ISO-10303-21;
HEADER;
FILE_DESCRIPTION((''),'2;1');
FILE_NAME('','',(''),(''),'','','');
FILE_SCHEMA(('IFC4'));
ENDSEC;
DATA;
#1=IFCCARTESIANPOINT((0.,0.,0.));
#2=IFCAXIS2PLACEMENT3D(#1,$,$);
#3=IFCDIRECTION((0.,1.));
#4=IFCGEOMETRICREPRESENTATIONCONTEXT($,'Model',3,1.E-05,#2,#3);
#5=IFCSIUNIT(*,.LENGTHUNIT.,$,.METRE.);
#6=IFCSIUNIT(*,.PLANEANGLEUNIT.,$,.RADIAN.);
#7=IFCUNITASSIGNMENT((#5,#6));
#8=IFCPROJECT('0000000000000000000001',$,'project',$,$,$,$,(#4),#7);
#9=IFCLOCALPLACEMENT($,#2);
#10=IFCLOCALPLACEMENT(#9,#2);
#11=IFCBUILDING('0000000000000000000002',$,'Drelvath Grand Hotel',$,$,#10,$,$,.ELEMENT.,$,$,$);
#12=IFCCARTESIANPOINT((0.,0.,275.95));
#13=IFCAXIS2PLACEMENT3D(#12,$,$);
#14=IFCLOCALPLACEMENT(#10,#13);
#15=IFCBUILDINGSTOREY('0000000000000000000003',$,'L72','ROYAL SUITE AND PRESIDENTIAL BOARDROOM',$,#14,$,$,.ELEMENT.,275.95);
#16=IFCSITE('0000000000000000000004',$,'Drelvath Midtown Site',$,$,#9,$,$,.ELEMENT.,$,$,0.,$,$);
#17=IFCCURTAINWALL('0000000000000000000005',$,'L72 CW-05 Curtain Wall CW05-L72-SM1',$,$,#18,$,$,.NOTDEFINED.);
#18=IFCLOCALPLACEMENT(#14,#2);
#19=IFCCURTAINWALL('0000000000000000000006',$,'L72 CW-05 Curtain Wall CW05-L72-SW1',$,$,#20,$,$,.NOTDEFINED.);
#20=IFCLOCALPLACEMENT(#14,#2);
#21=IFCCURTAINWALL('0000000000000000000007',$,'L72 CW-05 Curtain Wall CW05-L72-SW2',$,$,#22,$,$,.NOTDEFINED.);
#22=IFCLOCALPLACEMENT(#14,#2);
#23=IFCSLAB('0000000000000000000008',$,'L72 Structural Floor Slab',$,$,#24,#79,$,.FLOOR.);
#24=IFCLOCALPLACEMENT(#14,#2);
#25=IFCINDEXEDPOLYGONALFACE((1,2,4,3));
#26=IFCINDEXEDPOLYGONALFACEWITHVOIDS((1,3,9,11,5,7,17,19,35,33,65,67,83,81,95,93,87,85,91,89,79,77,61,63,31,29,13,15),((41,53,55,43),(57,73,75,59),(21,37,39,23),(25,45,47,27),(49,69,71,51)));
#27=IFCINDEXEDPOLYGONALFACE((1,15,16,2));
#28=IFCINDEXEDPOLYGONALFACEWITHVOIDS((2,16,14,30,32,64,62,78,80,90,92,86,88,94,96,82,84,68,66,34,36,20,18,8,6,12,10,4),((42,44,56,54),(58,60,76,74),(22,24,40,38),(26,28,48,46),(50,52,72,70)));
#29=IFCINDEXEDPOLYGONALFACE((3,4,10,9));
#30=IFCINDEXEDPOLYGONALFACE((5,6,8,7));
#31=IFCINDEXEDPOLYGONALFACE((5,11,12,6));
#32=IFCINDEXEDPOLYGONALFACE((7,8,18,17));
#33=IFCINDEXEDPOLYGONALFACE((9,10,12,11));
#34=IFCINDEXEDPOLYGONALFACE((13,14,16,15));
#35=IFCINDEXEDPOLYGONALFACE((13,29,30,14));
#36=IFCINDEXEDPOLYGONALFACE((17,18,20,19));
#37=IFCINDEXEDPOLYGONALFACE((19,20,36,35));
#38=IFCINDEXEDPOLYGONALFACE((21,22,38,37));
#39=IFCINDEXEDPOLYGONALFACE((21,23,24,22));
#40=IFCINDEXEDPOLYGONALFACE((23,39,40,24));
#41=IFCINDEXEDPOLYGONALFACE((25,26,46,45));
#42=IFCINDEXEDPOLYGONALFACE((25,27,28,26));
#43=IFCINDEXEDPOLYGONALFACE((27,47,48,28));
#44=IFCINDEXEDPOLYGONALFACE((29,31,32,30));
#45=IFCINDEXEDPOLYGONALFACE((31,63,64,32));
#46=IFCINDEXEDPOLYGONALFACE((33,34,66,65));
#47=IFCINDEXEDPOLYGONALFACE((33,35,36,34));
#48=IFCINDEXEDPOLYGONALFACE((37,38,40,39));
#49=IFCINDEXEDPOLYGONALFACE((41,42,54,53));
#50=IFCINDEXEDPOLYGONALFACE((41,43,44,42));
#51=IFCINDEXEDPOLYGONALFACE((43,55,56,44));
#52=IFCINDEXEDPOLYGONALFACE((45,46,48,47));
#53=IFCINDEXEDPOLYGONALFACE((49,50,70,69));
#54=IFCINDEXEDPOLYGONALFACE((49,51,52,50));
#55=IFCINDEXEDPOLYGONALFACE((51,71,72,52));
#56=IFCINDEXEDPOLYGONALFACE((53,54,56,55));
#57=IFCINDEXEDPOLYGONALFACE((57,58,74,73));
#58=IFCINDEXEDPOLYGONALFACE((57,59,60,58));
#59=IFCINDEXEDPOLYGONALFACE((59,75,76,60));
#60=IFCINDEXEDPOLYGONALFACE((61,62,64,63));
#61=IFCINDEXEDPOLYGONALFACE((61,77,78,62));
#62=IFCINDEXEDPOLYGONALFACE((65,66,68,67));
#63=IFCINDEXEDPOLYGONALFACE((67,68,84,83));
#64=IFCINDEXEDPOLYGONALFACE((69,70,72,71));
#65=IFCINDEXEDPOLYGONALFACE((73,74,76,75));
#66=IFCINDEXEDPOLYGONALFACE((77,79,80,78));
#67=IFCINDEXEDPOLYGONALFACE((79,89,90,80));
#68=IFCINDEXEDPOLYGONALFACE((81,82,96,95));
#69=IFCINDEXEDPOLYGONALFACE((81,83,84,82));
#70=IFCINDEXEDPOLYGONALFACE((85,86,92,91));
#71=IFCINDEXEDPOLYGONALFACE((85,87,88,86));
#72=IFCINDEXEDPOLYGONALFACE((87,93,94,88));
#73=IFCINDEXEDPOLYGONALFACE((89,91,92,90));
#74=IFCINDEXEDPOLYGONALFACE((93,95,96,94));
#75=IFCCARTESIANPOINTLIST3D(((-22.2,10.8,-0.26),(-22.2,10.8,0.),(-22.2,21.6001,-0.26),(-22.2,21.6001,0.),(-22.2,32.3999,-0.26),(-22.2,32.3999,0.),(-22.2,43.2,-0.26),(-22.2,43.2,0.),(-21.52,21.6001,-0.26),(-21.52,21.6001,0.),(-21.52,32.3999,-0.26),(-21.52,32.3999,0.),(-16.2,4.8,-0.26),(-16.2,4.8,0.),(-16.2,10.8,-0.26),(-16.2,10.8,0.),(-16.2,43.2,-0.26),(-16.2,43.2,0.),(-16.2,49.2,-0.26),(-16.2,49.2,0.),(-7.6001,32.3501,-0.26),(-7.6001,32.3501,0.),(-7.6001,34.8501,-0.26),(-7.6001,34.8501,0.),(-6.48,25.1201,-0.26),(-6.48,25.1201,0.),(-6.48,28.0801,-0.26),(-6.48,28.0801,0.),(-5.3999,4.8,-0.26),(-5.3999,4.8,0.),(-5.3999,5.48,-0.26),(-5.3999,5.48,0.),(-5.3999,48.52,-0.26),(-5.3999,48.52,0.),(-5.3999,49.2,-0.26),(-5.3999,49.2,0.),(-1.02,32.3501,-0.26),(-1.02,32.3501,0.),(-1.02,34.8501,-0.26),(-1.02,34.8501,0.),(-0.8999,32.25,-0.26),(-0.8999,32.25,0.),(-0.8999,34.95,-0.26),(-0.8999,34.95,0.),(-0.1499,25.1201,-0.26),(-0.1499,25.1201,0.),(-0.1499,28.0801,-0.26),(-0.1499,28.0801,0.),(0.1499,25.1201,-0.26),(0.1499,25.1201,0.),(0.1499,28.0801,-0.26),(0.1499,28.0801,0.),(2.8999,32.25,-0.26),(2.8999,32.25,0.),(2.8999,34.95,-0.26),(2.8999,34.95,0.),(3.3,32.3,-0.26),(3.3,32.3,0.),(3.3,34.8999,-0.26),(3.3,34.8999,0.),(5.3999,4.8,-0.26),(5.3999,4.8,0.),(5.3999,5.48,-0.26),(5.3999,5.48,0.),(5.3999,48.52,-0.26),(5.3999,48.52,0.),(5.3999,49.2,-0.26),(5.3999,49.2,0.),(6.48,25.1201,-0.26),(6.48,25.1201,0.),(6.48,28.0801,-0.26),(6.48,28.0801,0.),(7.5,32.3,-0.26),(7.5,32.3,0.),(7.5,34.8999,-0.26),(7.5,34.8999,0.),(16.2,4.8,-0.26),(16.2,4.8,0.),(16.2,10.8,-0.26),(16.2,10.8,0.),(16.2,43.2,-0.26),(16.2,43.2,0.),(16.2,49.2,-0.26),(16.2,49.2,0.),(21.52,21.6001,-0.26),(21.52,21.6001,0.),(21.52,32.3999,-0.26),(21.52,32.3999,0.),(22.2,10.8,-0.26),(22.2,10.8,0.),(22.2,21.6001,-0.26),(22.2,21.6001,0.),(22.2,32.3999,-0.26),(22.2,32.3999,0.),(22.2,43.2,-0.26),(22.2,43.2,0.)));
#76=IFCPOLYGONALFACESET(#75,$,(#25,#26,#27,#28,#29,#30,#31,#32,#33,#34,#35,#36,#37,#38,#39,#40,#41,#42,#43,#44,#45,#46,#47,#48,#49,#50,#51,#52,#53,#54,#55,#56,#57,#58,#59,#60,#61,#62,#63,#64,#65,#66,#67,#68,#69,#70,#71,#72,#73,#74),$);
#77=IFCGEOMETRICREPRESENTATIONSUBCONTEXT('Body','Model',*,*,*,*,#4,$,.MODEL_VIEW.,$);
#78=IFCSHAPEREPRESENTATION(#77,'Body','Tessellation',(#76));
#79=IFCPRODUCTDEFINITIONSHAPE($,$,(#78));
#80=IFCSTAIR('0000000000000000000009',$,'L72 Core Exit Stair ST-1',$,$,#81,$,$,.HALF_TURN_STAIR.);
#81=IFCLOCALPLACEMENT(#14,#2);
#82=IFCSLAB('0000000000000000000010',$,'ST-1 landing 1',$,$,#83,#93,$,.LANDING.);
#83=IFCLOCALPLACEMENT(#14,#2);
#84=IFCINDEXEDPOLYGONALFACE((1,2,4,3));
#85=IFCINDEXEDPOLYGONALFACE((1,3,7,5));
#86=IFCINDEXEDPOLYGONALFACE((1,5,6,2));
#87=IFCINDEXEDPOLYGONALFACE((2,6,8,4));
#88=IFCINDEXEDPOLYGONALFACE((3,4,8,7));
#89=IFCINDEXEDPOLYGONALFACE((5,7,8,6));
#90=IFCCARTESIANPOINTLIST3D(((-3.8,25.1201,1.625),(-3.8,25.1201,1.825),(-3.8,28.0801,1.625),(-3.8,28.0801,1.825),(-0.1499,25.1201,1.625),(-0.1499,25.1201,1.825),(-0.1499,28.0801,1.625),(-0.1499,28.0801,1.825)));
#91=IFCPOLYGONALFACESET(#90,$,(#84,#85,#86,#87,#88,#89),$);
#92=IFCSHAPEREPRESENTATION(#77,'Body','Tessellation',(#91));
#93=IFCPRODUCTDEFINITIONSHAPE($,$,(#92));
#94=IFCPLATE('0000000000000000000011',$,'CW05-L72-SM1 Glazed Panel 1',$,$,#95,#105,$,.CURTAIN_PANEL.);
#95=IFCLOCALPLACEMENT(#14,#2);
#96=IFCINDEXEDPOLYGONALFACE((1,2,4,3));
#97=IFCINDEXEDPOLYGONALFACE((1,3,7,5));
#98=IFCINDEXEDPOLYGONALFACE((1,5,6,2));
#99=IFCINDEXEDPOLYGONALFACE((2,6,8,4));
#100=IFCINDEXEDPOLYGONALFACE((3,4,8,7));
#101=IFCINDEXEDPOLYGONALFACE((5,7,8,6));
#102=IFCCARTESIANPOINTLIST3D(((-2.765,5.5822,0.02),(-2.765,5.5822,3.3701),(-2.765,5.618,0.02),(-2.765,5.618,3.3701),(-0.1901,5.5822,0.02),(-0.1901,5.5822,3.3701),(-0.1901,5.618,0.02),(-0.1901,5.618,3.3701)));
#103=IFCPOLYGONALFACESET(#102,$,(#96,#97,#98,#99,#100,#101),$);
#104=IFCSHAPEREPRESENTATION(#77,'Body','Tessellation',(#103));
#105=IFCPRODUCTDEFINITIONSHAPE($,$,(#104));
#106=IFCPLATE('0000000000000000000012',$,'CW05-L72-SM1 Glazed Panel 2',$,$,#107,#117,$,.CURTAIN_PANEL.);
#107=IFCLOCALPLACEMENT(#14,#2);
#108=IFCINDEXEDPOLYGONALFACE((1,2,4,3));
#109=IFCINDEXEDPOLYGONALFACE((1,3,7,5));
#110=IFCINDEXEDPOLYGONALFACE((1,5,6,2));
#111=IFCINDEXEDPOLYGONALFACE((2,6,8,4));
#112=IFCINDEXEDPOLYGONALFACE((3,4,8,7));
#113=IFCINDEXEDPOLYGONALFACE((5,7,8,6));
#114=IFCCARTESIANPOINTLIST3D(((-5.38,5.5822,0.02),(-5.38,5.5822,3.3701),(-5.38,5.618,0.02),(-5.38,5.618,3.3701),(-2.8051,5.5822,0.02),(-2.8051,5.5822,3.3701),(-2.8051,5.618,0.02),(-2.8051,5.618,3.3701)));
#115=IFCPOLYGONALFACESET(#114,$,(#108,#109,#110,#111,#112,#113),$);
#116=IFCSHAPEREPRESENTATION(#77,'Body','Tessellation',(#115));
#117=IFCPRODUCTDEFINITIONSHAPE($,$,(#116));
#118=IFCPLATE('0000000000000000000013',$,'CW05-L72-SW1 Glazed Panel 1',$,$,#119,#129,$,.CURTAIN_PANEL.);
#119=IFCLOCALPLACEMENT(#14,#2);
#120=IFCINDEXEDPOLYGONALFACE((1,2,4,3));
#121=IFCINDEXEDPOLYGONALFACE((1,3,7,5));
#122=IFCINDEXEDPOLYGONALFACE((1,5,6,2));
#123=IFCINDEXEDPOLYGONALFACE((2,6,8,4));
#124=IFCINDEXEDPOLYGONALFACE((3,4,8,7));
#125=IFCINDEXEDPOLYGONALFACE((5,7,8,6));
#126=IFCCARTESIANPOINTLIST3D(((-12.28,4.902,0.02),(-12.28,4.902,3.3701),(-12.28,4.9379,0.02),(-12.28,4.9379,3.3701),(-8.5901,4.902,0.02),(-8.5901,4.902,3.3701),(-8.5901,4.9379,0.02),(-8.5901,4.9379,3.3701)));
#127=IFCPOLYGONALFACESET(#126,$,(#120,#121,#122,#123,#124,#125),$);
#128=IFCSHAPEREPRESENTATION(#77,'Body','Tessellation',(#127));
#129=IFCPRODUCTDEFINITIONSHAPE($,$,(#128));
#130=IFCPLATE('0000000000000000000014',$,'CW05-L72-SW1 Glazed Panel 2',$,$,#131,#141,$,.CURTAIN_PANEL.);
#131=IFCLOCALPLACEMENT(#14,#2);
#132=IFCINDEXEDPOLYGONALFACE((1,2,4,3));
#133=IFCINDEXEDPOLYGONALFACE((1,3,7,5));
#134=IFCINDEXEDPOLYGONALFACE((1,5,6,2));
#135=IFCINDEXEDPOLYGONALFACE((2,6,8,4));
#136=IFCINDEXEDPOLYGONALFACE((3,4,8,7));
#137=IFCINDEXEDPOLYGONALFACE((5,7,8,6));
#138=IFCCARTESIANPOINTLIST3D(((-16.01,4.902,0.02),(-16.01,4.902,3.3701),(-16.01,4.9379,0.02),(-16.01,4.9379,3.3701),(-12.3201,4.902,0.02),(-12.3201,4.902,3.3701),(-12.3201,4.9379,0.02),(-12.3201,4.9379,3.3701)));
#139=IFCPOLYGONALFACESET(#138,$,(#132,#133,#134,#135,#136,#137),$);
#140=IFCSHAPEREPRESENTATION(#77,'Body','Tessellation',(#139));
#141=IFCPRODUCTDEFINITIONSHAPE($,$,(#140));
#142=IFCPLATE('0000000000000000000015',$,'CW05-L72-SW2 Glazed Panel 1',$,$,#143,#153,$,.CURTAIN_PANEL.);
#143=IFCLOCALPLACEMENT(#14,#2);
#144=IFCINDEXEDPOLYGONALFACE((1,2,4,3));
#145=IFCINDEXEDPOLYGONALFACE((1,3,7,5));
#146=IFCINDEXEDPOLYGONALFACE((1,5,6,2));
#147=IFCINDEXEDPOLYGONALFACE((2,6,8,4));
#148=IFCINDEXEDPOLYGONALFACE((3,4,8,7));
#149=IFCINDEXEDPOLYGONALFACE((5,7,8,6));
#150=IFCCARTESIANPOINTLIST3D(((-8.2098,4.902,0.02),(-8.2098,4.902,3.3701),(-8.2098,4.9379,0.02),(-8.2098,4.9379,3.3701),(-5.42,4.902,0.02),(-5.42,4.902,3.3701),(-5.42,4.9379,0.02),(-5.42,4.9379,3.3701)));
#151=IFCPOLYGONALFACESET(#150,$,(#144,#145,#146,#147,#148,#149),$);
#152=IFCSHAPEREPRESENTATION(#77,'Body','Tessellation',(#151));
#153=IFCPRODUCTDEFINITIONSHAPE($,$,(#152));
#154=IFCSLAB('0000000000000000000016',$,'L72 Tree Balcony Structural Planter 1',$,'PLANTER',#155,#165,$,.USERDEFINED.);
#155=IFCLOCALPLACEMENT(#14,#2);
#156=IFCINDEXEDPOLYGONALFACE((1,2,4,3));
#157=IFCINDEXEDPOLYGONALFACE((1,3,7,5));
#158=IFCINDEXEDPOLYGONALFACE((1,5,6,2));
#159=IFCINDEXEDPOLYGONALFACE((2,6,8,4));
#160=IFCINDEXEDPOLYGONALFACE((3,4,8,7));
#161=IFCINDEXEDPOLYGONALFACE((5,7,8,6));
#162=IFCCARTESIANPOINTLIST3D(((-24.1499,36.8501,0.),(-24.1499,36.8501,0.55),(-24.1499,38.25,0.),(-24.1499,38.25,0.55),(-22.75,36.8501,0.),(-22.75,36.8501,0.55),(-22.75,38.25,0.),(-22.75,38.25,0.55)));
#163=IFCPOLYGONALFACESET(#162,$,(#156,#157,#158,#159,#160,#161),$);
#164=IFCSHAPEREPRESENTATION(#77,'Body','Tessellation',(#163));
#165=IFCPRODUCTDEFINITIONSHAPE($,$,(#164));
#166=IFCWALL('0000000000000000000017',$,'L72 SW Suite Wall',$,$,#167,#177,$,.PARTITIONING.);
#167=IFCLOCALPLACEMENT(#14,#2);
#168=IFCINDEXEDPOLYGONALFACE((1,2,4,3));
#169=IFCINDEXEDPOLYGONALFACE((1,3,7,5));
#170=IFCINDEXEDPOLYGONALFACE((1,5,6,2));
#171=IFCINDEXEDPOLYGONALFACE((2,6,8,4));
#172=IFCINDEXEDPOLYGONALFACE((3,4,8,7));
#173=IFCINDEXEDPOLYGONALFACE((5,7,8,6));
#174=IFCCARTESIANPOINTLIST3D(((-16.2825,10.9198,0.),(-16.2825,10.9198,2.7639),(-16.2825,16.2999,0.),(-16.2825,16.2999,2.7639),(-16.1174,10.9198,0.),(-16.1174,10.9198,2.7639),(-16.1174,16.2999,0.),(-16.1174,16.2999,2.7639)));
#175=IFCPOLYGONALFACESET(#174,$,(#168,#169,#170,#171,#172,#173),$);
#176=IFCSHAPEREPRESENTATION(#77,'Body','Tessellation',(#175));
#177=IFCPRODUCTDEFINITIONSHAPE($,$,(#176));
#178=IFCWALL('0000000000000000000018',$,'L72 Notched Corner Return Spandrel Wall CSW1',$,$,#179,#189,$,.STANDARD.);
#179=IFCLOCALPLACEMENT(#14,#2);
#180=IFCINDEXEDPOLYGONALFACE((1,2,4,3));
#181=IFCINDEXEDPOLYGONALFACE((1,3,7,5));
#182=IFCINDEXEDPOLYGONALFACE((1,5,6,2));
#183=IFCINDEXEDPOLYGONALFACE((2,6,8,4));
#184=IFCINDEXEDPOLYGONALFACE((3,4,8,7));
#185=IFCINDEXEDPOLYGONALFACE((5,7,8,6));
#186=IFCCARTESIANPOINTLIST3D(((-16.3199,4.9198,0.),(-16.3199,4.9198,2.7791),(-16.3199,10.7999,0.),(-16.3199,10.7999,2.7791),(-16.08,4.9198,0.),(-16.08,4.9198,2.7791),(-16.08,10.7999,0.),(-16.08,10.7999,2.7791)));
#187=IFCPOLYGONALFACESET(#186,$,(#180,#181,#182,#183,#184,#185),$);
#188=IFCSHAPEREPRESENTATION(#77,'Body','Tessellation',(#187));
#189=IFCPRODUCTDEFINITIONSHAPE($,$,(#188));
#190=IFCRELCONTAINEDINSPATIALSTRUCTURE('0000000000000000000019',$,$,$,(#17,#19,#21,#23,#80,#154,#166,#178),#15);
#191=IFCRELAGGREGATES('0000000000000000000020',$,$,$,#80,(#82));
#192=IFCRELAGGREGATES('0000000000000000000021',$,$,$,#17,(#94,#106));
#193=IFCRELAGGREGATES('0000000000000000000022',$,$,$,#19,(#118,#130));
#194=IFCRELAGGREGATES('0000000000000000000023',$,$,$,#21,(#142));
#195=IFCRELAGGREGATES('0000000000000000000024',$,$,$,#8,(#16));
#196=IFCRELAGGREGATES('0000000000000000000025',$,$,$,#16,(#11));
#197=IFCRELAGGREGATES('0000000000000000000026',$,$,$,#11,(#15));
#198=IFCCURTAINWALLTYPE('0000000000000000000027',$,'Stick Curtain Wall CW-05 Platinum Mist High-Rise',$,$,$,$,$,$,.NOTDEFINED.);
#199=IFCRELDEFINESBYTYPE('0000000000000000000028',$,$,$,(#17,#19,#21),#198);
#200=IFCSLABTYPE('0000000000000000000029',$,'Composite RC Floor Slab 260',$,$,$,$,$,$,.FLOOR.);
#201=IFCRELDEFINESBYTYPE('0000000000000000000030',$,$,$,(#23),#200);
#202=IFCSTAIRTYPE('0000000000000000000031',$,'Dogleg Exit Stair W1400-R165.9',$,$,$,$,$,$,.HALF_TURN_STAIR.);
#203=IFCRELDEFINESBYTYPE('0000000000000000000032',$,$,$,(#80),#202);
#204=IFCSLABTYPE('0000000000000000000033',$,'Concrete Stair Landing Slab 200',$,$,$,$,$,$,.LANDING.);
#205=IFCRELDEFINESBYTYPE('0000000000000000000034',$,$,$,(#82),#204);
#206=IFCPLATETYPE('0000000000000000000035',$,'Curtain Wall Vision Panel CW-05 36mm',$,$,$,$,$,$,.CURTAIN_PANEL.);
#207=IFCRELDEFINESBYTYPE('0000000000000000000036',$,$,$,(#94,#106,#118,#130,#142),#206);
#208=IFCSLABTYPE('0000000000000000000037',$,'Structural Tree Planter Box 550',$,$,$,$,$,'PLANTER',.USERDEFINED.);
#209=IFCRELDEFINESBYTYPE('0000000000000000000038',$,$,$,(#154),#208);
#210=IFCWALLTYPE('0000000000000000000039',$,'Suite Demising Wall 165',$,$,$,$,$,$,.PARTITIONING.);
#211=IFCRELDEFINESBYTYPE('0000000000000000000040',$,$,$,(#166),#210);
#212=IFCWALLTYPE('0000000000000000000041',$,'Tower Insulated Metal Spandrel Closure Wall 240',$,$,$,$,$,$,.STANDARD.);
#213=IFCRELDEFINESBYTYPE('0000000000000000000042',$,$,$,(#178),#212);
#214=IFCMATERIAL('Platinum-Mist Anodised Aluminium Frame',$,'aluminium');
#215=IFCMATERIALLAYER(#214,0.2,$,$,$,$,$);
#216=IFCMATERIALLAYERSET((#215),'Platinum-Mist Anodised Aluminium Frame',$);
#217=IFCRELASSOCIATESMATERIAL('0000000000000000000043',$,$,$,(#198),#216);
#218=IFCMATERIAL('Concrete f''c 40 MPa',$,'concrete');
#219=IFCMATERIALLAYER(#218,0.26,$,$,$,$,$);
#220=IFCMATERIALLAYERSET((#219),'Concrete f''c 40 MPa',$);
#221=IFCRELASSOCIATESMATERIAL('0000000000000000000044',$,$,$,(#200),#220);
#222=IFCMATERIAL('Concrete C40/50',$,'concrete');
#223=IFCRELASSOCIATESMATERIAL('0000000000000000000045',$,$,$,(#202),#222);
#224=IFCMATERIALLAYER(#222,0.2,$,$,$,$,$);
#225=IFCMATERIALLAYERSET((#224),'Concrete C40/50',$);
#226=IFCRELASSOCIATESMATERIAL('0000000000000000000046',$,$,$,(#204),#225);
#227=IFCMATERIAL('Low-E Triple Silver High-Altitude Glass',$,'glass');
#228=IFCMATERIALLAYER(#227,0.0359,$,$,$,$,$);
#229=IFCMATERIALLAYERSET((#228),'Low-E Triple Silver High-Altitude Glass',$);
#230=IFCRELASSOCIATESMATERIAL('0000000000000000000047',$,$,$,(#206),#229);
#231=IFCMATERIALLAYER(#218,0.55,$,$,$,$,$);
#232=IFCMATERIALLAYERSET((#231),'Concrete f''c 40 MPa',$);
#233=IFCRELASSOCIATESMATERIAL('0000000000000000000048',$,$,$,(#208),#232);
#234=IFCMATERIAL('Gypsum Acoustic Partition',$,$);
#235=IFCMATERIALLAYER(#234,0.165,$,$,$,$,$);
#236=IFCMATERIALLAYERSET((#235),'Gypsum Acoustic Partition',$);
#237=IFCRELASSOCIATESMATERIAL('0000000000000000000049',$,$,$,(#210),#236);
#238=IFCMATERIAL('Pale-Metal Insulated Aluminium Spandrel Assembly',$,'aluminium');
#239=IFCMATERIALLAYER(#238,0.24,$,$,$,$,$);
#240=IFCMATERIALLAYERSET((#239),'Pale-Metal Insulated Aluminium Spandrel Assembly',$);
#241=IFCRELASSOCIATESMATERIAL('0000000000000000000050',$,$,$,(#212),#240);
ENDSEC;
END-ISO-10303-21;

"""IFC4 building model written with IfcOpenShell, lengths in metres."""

from ifc_helpers import new_model, si_unit, direction, frame, frame_2d, origin, origin_2d, place, context, subcontext, project, spatial, polyline, rectangle, outline, extrude, material, layer, layer_set, type_object, element, aggregate, save


model = new_model("IFC4")

# Units and contexts
model_context = context("Model", 3, precision=1e-05, world=origin(), true_north=direction((0.0, 1.0)))
body_context = subcontext(model_context, "Body", "Model", "MODEL_VIEW")
ifc_project = project(units=[si_unit("LENGTHUNIT", "METRE"), si_unit("PLANEANGLEUNIT", "RADIAN")], contexts=[model_context])

# Site, building, storey
site_placement = place(None, origin())
site = spatial("IfcSite", under=ifc_project, at=site_placement, Name="Drelvath Midtown Site", CompositionType="ELEMENT", RefElevation=0.0)
building_placement = place(site_placement, origin())
building = spatial("IfcBuilding", under=site, at=building_placement, Name="Drelvath Grand Hotel", CompositionType="ELEMENT")
storey_placement = place(building_placement, frame((0.0, 0.0, 275.95)))
storey = spatial("IfcBuildingStorey", under=building, at=storey_placement, Name="L72", Description="ROYAL SUITE AND PRESIDENTIAL BOARDROOM", CompositionType="ELEMENT", Elevation=275.95)

# Curtain walls
ifc_material_1 = material(Name="Platinum-Mist Anodised Aluminium Frame", Category="aluminium")
ifc_layer_1 = layer(ifc_material_1, 0.2)
ifc_layer_set_1 = layer_set([ifc_layer_1], Name="Platinum-Mist Anodised Aluminium Frame")
curtain_wall_type = type_object("IfcCurtainWallType", Name="Stick Curtain Wall CW-05 Platinum Mist High-Rise", PredefinedType="NOTDEFINED", material=ifc_layer_set_1)
curtain_wall_1_placement = place(storey_placement, origin())
curtain_wall_1 = element("IfcCurtainWall", 1, at=curtain_wall_1_placement, inside=storey, type_object=curtain_wall_type, Name="L72 CW-05 Curtain Wall CW05-L72-SM1", PredefinedType="NOTDEFINED")
curtain_wall_2_placement = place(storey_placement, origin())
curtain_wall_2 = element("IfcCurtainWall", 2, at=curtain_wall_2_placement, inside=storey, type_object=curtain_wall_type, Name="L72 CW-05 Curtain Wall CW05-L72-SW1", PredefinedType="NOTDEFINED")
curtain_wall_3_placement = place(storey_placement, origin())
curtain_wall_3 = element("IfcCurtainWall", 3, at=curtain_wall_3_placement, inside=storey, type_object=curtain_wall_type, Name="L72 CW-05 Curtain Wall CW05-L72-SW2", PredefinedType="NOTDEFINED")

# Slab
ifc_material_2 = material(Name="Concrete f'c 40 MPa", Category="concrete")
ifc_layer_2 = layer(ifc_material_2, 0.26)
ifc_layer_set_2 = layer_set([ifc_layer_2], Name="Concrete f'c 40 MPa")
slab_type_1 = type_object("IfcSlabType", Name="Composite RC Floor Slab 260", PredefinedType="FLOOR", material=ifc_layer_set_2)
slab_1_placement = place(storey_placement, frame((0.0, 0.0, -0.26)))
element("IfcSlab", 4, at=slab_1_placement, inside=storey, type_object=slab_type_1, Name="L72 Structural Floor Slab", PredefinedType="FLOOR", context=body_context, shape_type="SweptSolid", body=[
    extrude(outline(polyline([(-16.2, 4.8), (-5.3999, 4.8), (-5.3999, 5.48), (5.3999, 5.48), (5.3999, 4.8), (16.2, 4.8), (16.2, 10.8), (22.2, 10.8), (22.2, 21.6001), (21.52, 21.6001), (21.52, 32.3999), (22.2, 32.3999), (22.2, 43.2), (16.2, 43.2), (16.2, 49.2), (5.3999, 49.2), (5.3999, 48.52), (-5.3999, 48.52), (-5.3999, 49.2), (-16.2, 49.2), (-16.2, 43.2), (-22.2, 43.2), (-22.2, 32.3999), (-21.52, 32.3999), (-21.52, 21.6001), (-22.2, 21.6001), (-22.2, 10.8), (-16.2, 10.8), (-16.2, 4.8)]), holes=[polyline([(-6.48, 25.1201), (-6.48, 28.0801), (-0.1499, 28.0801), (-0.1499, 25.1201), (-6.48, 25.1201)]), polyline([(0.1499, 25.1201), (0.1499, 28.0801), (6.48, 28.0801), (6.48, 25.1201), (0.1499, 25.1201)]), polyline([(-7.6001, 32.3501), (-7.6001, 34.8501), (-1.02, 34.8501), (-1.02, 32.3501), (-7.6001, 32.3501)]), polyline([(-0.8999, 32.25), (-0.8999, 34.95), (2.8999, 34.95), (2.8999, 32.25), (-0.8999, 32.25)]), polyline([(3.3, 32.3), (3.3, 34.8999), (7.5, 34.8999), (7.5, 32.3), (3.3, 32.3)])]), origin(), (0.0, 0.0, 1.0), 0.26),
])

# Stair, slab
ifc_material_3 = material(Name="Concrete C40/50", Category="concrete")
stair_type = type_object("IfcStairType", Name="Dogleg Exit Stair W1400-R165.9", PredefinedType="HALF_TURN_STAIR", material=ifc_material_3)
stair_placement = place(storey_placement, origin())
stair = element("IfcStair", 5, at=stair_placement, inside=storey, type_object=stair_type, Name="L72 Core Exit Stair ST-1", PredefinedType="HALF_TURN_STAIR")
ifc_layer_3 = layer(ifc_material_3, 0.2)
ifc_layer_set_3 = layer_set([ifc_layer_3], Name="Concrete C40/50")
slab_type_2 = type_object("IfcSlabType", Name="Concrete Stair Landing Slab 200", PredefinedType="LANDING", material=ifc_layer_set_3)
slab_2_placement = place(storey_placement, frame((0.0, 0.0, 1.625)))
slab_2 = element("IfcSlab", 6, at=slab_2_placement, type_object=slab_type_2, Name="ST-1 landing 1", PredefinedType="LANDING", context=body_context, shape_type="SweptSolid", body=[
    extrude(outline(polyline([(-3.8, 25.1201), (-0.1499, 25.1201), (-0.1499, 28.0801), (-3.8, 28.0801), (-3.8, 25.1201)])), origin(), (0.0, 0.0, 1.0), 0.2),
])
aggregate(stair, [slab_2])

# Plates
ifc_material_4 = material(Name="Low-E Triple Silver High-Altitude Glass", Category="glass")
ifc_layer_4 = layer(ifc_material_4, 0.0359)
ifc_layer_set_4 = layer_set([ifc_layer_4], Name="Low-E Triple Silver High-Altitude Glass")
plate_type = type_object("IfcPlateType", Name="Curtain Wall Vision Panel CW-05 36mm", PredefinedType="CURTAIN_PANEL", material=ifc_layer_set_4)
plate_1_placement = place(storey_placement, frame((-1.4775, 5.6001, 0.02), z_axis=(0.0, 0.0, 1.0), x_axis=(-1.0, 0.0, 0.0)))
plate_1 = element("IfcPlate", 7, at=plate_1_placement, type_object=plate_type, Name="CW05-L72-SM1 Glazed Panel 1", PredefinedType="CURTAIN_PANEL", context=body_context, shape_type="SweptSolid", body=[
    extrude(rectangle(XDim=2.575, YDim=0.0359, at=origin_2d()), origin(), (0.0, 0.0, 1.0), 3.3501),
])
plate_2_placement = place(storey_placement, frame((-4.0925, 5.6001, 0.02), z_axis=(0.0, 0.0, 1.0), x_axis=(-1.0, 0.0, 0.0)))
plate_2 = element("IfcPlate", 8, at=plate_2_placement, type_object=plate_type, Name="CW05-L72-SM1 Glazed Panel 2", PredefinedType="CURTAIN_PANEL", context=body_context, shape_type="SweptSolid", body=[
    extrude(rectangle(XDim=2.575, YDim=0.0359, at=origin_2d()), origin(), (0.0, 0.0, 1.0), 3.3501),
])
aggregate(curtain_wall_1, [plate_1, plate_2])
plate_3_placement = place(storey_placement, frame((-10.4351, 4.9199, 0.02), z_axis=(0.0, 0.0, 1.0), x_axis=(-1.0, 0.0, 0.0)))
plate_3 = element("IfcPlate", 9, at=plate_3_placement, type_object=plate_type, Name="CW05-L72-SW1 Glazed Panel 1", PredefinedType="CURTAIN_PANEL", context=body_context, shape_type="SweptSolid", body=[
    extrude(rectangle(XDim=3.6899, YDim=0.0359, at=origin_2d()), origin(), (0.0, 0.0, 1.0), 3.3501),
])
plate_4_placement = place(storey_placement, frame((-14.165, 4.9199, 0.02), z_axis=(0.0, 0.0, 1.0), x_axis=(-1.0, 0.0, 0.0)))
plate_4 = element("IfcPlate", 10, at=plate_4_placement, type_object=plate_type, Name="CW05-L72-SW1 Glazed Panel 2", PredefinedType="CURTAIN_PANEL", context=body_context, shape_type="SweptSolid", body=[
    extrude(rectangle(XDim=3.6899, YDim=0.0359, at=origin_2d()), origin(), (0.0, 0.0, 1.0), 3.3501),
])
aggregate(curtain_wall_2, [plate_3, plate_4])
plate_5_placement = place(storey_placement, frame((-6.8149, 4.9199, 0.02), z_axis=(0.0, 0.0, 1.0), x_axis=(-1.0, 0.0, 0.0)))
plate_5 = element("IfcPlate", 11, at=plate_5_placement, type_object=plate_type, Name="CW05-L72-SW2 Glazed Panel 1", PredefinedType="CURTAIN_PANEL", context=body_context, shape_type="SweptSolid", body=[
    extrude(rectangle(XDim=2.7898, YDim=0.0359, at=origin_2d()), origin(), (0.0, 0.0, 1.0), 3.3501),
])
aggregate(curtain_wall_3, [plate_5])

# Slab
ifc_layer_5 = layer(ifc_material_2, 0.55)
ifc_layer_set_5 = layer_set([ifc_layer_5], Name="Concrete f'c 40 MPa")
slab_type_3 = type_object("IfcSlabType", Name="Structural Tree Planter Box 550", ElementType="PLANTER", PredefinedType="USERDEFINED", material=ifc_layer_set_5)
slab_3_placement = place(storey_placement, origin())
element("IfcSlab", 12, at=slab_3_placement, inside=storey, type_object=slab_type_3, Name="L72 Tree Balcony Structural Planter 1", ObjectType="PLANTER", PredefinedType="USERDEFINED", context=body_context, shape_type="SweptSolid", body=[
    extrude(outline(polyline([(-24.1499, 36.8501), (-22.75, 36.8501), (-22.75, 38.25), (-24.1499, 38.25), (-24.1499, 36.8501)])), origin(), (0.0, 0.0, 1.0), 0.55),
])

# Walls
ifc_material_5 = material(Name="Gypsum Acoustic Partition")
ifc_layer_6 = layer(ifc_material_5, 0.165)
ifc_layer_set_6 = layer_set([ifc_layer_6], Name="Gypsum Acoustic Partition")
wall_type_1 = type_object("IfcWallType", Name="Suite Demising Wall 165", PredefinedType="PARTITIONING", material=ifc_layer_set_6)
wall_1_placement = place(storey_placement, frame((-16.2, 10.9199, 0.0), z_axis=(0.0, 0.0, 1.0), x_axis=(0.0, 1.0, 0.0)))
element("IfcWall", 13, at=wall_1_placement, inside=storey, type_object=wall_type_1, Name="L72 SW Suite Wall", PredefinedType="PARTITIONING", context=body_context, shape_type="SweptSolid", body=[
    extrude(rectangle(XDim=5.3801, YDim=0.165, at=frame_2d((2.6899, 0.0))), origin(), (0.0, 0.0, 1.0), 2.7639),
])
ifc_material_6 = material(Name="Pale-Metal Insulated Aluminium Spandrel Assembly", Category="aluminium")
ifc_layer_7 = layer(ifc_material_6, 0.24)
ifc_layer_set_7 = layer_set([ifc_layer_7], Name="Pale-Metal Insulated Aluminium Spandrel Assembly")
wall_type_2 = type_object("IfcWallType", Name="Tower Insulated Metal Spandrel Closure Wall 240", PredefinedType="STANDARD", material=ifc_layer_set_7)
for number, where, z_axis, x_axis, name in (
    (14, (-16.2, 4.9199, 0.0), (0.0, 0.0, 1.0), (0.0, 1.0, 0.0), "L72 Notched Corner Return Spandrel Wall CSW1"),
):
    element("IfcWall", number, at=place(storey_placement, frame(where, z_axis=z_axis, x_axis=x_axis)), inside=storey, type_object=wall_type_2, Name=name, PredefinedType="STANDARD", context=body_context, shape_type="SweptSolid", body=[
        extrude(rectangle(XDim=5.8801, YDim=0.24, at=frame_2d((2.9399, 0.0))), origin(), (0.0, 0.0, 1.0), 2.7791),
    ])

save(model, "model.ifc")
